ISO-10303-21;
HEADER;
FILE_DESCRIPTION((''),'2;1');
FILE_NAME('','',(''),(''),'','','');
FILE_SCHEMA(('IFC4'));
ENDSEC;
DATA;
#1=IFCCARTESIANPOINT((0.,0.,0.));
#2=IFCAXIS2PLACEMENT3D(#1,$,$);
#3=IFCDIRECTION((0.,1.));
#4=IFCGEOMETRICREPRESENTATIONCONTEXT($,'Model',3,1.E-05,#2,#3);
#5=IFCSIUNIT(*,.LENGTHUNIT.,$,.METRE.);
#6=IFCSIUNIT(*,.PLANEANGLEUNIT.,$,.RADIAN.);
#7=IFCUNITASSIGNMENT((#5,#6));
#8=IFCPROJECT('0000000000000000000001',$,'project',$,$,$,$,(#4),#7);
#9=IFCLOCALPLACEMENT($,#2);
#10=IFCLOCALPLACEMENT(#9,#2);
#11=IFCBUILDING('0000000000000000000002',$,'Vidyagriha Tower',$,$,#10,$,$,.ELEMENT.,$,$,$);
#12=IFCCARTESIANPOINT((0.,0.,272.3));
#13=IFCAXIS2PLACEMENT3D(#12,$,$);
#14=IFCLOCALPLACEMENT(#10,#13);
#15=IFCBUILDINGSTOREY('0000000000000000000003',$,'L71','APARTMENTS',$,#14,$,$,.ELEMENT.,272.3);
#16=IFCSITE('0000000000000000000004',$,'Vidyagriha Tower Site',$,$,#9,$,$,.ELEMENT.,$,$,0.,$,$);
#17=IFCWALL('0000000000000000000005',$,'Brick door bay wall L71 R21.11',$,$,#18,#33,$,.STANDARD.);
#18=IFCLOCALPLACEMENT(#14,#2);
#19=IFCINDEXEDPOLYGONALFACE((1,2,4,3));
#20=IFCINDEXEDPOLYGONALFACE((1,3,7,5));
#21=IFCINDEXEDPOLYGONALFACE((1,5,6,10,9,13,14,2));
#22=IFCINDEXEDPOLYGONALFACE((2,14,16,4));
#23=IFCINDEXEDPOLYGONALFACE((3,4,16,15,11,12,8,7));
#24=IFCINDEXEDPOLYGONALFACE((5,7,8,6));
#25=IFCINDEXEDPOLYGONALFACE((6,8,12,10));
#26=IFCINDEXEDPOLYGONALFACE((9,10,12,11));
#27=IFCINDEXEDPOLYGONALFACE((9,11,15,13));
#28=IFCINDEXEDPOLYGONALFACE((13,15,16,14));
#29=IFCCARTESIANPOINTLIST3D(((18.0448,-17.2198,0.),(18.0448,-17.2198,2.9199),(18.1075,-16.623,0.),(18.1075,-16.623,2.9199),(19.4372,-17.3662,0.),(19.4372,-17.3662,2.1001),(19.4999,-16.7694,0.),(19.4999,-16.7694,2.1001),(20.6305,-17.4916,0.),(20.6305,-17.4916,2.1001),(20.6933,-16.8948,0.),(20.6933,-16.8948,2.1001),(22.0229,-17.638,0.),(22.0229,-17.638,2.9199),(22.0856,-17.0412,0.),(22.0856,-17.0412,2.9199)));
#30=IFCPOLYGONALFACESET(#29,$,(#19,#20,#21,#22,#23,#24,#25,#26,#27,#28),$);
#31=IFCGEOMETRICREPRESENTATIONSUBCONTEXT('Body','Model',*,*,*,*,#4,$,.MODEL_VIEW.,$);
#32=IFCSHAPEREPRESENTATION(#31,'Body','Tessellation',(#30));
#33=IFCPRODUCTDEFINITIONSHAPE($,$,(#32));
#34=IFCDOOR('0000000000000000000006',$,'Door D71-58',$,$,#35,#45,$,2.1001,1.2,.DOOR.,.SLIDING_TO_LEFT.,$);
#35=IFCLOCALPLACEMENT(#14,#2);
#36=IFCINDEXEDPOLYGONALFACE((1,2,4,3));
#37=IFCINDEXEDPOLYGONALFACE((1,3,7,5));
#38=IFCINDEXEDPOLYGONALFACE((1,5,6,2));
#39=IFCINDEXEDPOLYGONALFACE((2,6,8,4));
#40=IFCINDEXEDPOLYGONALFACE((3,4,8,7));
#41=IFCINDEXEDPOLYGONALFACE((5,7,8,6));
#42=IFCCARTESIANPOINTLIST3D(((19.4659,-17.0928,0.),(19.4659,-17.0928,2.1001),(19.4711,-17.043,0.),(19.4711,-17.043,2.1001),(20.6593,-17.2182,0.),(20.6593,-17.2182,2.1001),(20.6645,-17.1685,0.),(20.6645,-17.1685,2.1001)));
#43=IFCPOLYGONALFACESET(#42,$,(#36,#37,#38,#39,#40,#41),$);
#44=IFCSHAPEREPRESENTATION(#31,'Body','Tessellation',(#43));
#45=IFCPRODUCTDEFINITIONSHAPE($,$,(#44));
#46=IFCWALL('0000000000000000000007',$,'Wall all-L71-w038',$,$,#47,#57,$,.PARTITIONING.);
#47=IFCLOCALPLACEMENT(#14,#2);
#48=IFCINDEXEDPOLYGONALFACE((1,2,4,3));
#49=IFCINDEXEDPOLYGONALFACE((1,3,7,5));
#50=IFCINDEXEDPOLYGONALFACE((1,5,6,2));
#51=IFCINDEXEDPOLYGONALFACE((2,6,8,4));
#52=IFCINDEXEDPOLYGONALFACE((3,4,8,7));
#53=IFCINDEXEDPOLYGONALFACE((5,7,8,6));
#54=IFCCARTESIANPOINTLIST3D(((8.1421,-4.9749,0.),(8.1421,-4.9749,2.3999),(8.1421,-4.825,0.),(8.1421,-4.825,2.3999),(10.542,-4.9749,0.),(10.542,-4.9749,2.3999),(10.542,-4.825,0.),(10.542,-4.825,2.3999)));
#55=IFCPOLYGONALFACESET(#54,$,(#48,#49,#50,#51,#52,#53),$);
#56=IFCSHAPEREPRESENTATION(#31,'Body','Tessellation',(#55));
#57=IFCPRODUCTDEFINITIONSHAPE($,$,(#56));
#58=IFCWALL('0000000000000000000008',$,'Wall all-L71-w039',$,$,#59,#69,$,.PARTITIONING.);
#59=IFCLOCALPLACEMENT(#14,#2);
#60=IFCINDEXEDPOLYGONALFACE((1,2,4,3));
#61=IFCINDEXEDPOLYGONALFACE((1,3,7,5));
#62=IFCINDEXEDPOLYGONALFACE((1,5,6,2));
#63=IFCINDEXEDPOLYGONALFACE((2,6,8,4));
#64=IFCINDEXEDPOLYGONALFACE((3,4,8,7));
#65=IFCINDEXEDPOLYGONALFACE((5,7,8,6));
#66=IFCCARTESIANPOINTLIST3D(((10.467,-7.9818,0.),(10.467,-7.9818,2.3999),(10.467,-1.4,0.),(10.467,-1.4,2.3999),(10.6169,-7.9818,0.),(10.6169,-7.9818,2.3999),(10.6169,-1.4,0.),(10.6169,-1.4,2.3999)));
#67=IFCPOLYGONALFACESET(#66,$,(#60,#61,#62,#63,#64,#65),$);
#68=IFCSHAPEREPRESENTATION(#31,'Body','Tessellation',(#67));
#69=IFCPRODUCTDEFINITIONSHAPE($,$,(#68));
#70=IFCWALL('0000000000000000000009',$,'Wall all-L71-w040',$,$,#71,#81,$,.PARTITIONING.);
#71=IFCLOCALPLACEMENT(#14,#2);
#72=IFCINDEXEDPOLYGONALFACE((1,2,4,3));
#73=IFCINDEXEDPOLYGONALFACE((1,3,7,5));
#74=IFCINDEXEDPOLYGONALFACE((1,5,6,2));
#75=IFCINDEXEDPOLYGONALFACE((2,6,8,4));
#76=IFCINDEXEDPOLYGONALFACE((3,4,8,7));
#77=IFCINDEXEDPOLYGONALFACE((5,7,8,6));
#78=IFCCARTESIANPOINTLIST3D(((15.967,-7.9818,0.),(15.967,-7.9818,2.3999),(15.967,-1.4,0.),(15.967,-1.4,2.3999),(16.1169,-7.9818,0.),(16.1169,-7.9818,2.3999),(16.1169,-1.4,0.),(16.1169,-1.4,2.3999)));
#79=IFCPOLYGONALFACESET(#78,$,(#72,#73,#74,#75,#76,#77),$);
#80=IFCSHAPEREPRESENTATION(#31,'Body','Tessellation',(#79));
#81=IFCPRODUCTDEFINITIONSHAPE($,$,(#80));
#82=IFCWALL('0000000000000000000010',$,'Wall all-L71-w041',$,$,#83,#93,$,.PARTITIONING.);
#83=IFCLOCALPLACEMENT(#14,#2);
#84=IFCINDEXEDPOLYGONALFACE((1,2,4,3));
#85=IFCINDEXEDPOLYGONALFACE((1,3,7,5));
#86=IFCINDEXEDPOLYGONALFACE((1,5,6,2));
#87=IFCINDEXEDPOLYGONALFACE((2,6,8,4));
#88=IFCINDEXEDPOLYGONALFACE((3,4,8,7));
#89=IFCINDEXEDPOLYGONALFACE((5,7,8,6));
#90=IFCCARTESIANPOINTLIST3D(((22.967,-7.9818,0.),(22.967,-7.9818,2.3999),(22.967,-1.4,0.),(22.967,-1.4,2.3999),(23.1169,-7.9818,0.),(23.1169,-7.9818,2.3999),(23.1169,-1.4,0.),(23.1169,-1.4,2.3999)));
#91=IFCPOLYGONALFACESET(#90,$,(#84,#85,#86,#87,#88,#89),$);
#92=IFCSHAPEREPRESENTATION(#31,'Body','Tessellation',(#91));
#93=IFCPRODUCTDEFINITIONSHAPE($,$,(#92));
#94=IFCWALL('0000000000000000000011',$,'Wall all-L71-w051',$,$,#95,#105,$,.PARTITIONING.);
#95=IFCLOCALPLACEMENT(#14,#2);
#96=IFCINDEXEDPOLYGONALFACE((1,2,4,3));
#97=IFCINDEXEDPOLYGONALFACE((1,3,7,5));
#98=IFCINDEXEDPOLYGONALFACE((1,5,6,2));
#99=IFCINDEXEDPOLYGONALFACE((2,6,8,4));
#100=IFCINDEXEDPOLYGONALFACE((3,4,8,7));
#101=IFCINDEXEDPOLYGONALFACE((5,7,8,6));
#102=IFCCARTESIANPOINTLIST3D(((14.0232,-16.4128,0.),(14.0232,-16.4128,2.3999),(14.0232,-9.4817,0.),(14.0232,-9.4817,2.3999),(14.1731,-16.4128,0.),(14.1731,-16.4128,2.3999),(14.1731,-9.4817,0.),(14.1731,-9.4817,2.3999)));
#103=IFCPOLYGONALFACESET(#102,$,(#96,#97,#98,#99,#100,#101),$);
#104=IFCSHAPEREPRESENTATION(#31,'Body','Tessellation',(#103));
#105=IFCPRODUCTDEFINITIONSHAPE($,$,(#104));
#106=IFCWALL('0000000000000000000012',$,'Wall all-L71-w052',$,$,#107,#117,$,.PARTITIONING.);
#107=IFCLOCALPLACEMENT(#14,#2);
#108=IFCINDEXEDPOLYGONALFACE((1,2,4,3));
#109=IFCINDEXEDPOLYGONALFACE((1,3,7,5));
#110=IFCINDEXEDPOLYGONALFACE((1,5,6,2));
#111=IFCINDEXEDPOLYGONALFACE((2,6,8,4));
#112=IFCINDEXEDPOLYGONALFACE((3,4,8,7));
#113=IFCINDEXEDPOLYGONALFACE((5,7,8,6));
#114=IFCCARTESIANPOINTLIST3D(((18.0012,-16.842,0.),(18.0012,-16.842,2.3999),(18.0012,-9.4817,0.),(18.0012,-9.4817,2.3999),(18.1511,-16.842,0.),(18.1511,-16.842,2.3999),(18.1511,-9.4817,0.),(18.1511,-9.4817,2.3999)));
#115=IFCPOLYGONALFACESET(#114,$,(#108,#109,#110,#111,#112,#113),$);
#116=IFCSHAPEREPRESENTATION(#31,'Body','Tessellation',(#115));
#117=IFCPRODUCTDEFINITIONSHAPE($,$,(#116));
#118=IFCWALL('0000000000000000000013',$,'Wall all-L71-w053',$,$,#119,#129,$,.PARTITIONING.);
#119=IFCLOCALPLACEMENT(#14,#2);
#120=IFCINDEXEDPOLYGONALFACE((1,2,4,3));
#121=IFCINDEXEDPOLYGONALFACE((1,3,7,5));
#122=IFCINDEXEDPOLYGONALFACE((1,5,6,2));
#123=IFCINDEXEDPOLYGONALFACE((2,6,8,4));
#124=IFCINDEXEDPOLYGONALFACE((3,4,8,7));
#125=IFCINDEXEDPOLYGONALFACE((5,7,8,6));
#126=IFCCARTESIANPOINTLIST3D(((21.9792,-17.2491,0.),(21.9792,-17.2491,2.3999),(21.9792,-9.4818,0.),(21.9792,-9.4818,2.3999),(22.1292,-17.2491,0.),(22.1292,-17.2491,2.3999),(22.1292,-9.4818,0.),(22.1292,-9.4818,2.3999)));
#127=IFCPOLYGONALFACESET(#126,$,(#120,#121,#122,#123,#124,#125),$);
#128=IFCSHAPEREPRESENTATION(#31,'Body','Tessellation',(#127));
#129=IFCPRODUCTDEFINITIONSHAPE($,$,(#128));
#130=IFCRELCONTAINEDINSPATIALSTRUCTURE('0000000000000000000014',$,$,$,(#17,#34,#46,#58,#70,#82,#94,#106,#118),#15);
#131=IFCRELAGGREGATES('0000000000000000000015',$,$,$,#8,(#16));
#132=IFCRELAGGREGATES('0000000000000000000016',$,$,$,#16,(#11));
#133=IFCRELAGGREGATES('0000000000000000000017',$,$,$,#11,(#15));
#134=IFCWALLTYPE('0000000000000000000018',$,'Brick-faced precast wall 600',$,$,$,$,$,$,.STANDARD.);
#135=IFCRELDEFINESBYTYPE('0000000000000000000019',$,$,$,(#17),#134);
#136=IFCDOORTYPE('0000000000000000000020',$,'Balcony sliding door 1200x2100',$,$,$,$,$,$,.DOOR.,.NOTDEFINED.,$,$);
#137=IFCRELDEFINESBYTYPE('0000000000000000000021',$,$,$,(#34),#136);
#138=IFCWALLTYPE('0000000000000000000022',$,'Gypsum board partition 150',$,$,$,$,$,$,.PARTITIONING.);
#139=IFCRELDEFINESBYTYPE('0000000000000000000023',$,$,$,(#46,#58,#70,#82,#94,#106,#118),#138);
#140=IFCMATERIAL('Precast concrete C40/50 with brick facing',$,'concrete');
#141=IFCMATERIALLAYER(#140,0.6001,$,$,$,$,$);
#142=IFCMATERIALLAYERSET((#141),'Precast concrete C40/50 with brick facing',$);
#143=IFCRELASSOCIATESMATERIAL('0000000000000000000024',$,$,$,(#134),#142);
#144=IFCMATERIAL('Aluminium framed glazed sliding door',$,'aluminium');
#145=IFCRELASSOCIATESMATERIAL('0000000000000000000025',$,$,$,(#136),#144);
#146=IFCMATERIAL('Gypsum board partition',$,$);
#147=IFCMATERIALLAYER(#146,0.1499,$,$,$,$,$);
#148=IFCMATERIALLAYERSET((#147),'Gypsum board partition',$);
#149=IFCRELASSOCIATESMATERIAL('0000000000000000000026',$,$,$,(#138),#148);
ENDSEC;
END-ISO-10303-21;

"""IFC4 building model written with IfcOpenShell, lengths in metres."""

from ifc_helpers import new_model, si_unit, direction, frame, frame_2d, origin, place, context, subcontext, project, spatial, rectangle, extrude, material, layer, layer_set, type_object, element, fill, save


model = new_model("IFC4")

# Units and contexts
model_context = context("Model", 3, precision=1e-05, world=origin(), true_north=direction((0.0, 1.0)))
body_context = subcontext(model_context, "Body", "Model", "MODEL_VIEW")
ifc_project = project(units=[si_unit("LENGTHUNIT", "METRE"), si_unit("PLANEANGLEUNIT", "RADIAN")], contexts=[model_context])

# Site, building, storey
site_placement = place(None, origin())
site = spatial("IfcSite", under=ifc_project, at=site_placement, Name="Vidyagriha Tower Site", CompositionType="ELEMENT", RefElevation=0.0)
building_placement = place(site_placement, origin())
building = spatial("IfcBuilding", under=site, at=building_placement, Name="Vidyagriha Tower", CompositionType="ELEMENT")
storey_placement = place(building_placement, frame((0.0, 0.0, 272.3)))
storey = spatial("IfcBuildingStorey", under=building, at=storey_placement, Name="L71", Description="APARTMENTS", CompositionType="ELEMENT", Elevation=272.3)

# Wall, opening, door
ifc_material_1 = material(Name="Precast concrete C40/50 with brick facing", Category="concrete")
ifc_layer_1 = layer(ifc_material_1, 0.6001)
ifc_layer_set_1 = layer_set([ifc_layer_1], Name="Precast concrete C40/50 with brick facing")
wall_type_1 = type_object("IfcWallType", Name="Brick-faced precast wall 600", PredefinedType="STANDARD", material=ifc_layer_set_1)
wall_1_placement = place(storey_placement, frame((18.0762, -16.9214, 0.0), z_axis=(0.0, 0.0, 1.0), x_axis=(0.994519, -0.104555, 0.0)))
wall_1 = element("IfcWall", 1, at=wall_1_placement, inside=storey, type_object=wall_type_1, Name="Brick door bay wall L71 R21.11", PredefinedType="STANDARD", context=body_context, shape_type="SweptSolid", body=[
    extrude(rectangle(XDim=4.0, YDim=0.6001, at=frame_2d((2.0, 0.0))), origin(), (0.0, 0.0, 1.0), 2.9199),
])
opening_placement = place(wall_1_placement, frame((1.3999, 0.0, 0.0)))
opening = element("IfcOpeningElement", 2, at=opening_placement, cuts=wall_1, PredefinedType="OPENING", context=body_context, shape_type="SweptSolid", body=[
    extrude(rectangle(XDim=1.2, YDim=2.1001, at=frame_2d((0.6001, 1.05))), frame((0.0, 0.3101, 0.0), z_axis=(0.0, -1.0, 0.0), x_axis=(1.0, 0.0, 0.0)), (0.0, 0.0, 1.0), 0.6201),
])
ifc_material_2 = material(Name="Aluminium framed glazed sliding door", Category="aluminium")
door_type = type_object("IfcDoorType", Name="Balcony sliding door 1200x2100", OperationType="NOTDEFINED", PredefinedType="DOOR", material=ifc_material_2)
door_placement = place(opening_placement, origin())
door = element("IfcDoor", 3, at=door_placement, inside=storey, type_object=door_type, Name="Door D71-58", OperationType="SLIDING_TO_LEFT", OverallHeight=2.1001, OverallWidth=1.2, PredefinedType="DOOR", context=body_context, shape_type="SweptSolid", body=[
    extrude(rectangle(XDim=1.2, YDim=2.1001, at=frame_2d((0.6001, 1.05))), frame((0.0, 0.0249, 0.0), z_axis=(0.0, -1.0, 0.0), x_axis=(1.0, 0.0, 0.0)), (0.0, 0.0, 1.0), 0.05),
])
fill(opening, door)

# Walls
ifc_material_3 = material(Name="Gypsum board partition")
ifc_layer_2 = layer(ifc_material_3, 0.1499)
ifc_layer_set_2 = layer_set([ifc_layer_2], Name="Gypsum board partition")
wall_type_2 = type_object("IfcWallType", Name="Gypsum board partition 150", PredefinedType="PARTITIONING", material=ifc_layer_set_2)
wall_2_placement = place(storey_placement, frame((10.542, -4.8999, 0.0), z_axis=(0.0, 0.0, 1.0), x_axis=(-1.0, 0.0, 0.0)))
element("IfcWall", 4, at=wall_2_placement, inside=storey, type_object=wall_type_2, Name="Wall all-L71-w038", PredefinedType="PARTITIONING", context=body_context, shape_type="SweptSolid", body=[
    extrude(rectangle(XDim=2.3999, YDim=0.1499, at=frame_2d((1.2, 0.0))), origin(), (0.0, 0.0, 1.0), 2.3999),
])
for number, where, z_axis, x_axis, name in (
    (5, (10.542, -1.3999, 0.0), (0.0, 0.0, 1.0), (0.0, -1.0, 0.0), "Wall all-L71-w039"),
    (6, (16.042, -1.3999, 0.0), (0.0, 0.0, 1.0), (0.0, -1.0, 0.0), "Wall all-L71-w040"),
    (7, (23.042, -1.3999, 0.0), (0.0, 0.0, 1.0), (0.0, -1.0, 0.0), "Wall all-L71-w041"),
):
    element("IfcWall", number, at=place(storey_placement, frame(where, z_axis=z_axis, x_axis=x_axis)), inside=storey, type_object=wall_type_2, Name=name, PredefinedType="PARTITIONING", context=body_context, shape_type="SweptSolid", body=[
        extrude(rectangle(XDim=6.5818, YDim=0.1499, at=frame_2d((3.291, 0.0))), origin(), (0.0, 0.0, 1.0), 2.3999),
    ])
wall_3_placement = place(storey_placement, frame((14.0981, -9.4817, 0.0), z_axis=(0.0, 0.0, 1.0), x_axis=(0.0, -1.0, 0.0)))
element("IfcWall", 8, at=wall_3_placement, inside=storey, type_object=wall_type_2, Name="Wall all-L71-w051", PredefinedType="PARTITIONING", context=body_context, shape_type="SweptSolid", body=[
    extrude(rectangle(XDim=6.9312, YDim=0.1499, at=frame_2d((3.4656, 0.0))), origin(), (0.0, 0.0, 1.0), 2.3999),
])
wall_4_placement = place(storey_placement, frame((18.0762, -9.4817, 0.0), z_axis=(0.0, 0.0, 1.0), x_axis=(0.0, -1.0, 0.0)))
element("IfcWall", 9, at=wall_4_placement, inside=storey, type_object=wall_type_2, Name="Wall all-L71-w052", PredefinedType="PARTITIONING", context=body_context, shape_type="SweptSolid", body=[
    extrude(rectangle(XDim=7.3604, YDim=0.1499, at=frame_2d((3.6802, 0.0))), origin(), (0.0, 0.0, 1.0), 2.3999),
])
wall_5_placement = place(storey_placement, frame((22.0542, -9.4817, 0.0), z_axis=(0.0, 0.0, 1.0), x_axis=(0.0, -1.0, 0.0)))
element("IfcWall", 10, at=wall_5_placement, inside=storey, type_object=wall_type_2, Name="Wall all-L71-w053", PredefinedType="PARTITIONING", context=body_context, shape_type="SweptSolid", body=[
    extrude(rectangle(XDim=7.7673, YDim=0.1499, at=frame_2d((3.8838, 0.0))), origin(), (0.0, 0.0, 1.0), 2.3999),
])

save(model, "model.ifc")
